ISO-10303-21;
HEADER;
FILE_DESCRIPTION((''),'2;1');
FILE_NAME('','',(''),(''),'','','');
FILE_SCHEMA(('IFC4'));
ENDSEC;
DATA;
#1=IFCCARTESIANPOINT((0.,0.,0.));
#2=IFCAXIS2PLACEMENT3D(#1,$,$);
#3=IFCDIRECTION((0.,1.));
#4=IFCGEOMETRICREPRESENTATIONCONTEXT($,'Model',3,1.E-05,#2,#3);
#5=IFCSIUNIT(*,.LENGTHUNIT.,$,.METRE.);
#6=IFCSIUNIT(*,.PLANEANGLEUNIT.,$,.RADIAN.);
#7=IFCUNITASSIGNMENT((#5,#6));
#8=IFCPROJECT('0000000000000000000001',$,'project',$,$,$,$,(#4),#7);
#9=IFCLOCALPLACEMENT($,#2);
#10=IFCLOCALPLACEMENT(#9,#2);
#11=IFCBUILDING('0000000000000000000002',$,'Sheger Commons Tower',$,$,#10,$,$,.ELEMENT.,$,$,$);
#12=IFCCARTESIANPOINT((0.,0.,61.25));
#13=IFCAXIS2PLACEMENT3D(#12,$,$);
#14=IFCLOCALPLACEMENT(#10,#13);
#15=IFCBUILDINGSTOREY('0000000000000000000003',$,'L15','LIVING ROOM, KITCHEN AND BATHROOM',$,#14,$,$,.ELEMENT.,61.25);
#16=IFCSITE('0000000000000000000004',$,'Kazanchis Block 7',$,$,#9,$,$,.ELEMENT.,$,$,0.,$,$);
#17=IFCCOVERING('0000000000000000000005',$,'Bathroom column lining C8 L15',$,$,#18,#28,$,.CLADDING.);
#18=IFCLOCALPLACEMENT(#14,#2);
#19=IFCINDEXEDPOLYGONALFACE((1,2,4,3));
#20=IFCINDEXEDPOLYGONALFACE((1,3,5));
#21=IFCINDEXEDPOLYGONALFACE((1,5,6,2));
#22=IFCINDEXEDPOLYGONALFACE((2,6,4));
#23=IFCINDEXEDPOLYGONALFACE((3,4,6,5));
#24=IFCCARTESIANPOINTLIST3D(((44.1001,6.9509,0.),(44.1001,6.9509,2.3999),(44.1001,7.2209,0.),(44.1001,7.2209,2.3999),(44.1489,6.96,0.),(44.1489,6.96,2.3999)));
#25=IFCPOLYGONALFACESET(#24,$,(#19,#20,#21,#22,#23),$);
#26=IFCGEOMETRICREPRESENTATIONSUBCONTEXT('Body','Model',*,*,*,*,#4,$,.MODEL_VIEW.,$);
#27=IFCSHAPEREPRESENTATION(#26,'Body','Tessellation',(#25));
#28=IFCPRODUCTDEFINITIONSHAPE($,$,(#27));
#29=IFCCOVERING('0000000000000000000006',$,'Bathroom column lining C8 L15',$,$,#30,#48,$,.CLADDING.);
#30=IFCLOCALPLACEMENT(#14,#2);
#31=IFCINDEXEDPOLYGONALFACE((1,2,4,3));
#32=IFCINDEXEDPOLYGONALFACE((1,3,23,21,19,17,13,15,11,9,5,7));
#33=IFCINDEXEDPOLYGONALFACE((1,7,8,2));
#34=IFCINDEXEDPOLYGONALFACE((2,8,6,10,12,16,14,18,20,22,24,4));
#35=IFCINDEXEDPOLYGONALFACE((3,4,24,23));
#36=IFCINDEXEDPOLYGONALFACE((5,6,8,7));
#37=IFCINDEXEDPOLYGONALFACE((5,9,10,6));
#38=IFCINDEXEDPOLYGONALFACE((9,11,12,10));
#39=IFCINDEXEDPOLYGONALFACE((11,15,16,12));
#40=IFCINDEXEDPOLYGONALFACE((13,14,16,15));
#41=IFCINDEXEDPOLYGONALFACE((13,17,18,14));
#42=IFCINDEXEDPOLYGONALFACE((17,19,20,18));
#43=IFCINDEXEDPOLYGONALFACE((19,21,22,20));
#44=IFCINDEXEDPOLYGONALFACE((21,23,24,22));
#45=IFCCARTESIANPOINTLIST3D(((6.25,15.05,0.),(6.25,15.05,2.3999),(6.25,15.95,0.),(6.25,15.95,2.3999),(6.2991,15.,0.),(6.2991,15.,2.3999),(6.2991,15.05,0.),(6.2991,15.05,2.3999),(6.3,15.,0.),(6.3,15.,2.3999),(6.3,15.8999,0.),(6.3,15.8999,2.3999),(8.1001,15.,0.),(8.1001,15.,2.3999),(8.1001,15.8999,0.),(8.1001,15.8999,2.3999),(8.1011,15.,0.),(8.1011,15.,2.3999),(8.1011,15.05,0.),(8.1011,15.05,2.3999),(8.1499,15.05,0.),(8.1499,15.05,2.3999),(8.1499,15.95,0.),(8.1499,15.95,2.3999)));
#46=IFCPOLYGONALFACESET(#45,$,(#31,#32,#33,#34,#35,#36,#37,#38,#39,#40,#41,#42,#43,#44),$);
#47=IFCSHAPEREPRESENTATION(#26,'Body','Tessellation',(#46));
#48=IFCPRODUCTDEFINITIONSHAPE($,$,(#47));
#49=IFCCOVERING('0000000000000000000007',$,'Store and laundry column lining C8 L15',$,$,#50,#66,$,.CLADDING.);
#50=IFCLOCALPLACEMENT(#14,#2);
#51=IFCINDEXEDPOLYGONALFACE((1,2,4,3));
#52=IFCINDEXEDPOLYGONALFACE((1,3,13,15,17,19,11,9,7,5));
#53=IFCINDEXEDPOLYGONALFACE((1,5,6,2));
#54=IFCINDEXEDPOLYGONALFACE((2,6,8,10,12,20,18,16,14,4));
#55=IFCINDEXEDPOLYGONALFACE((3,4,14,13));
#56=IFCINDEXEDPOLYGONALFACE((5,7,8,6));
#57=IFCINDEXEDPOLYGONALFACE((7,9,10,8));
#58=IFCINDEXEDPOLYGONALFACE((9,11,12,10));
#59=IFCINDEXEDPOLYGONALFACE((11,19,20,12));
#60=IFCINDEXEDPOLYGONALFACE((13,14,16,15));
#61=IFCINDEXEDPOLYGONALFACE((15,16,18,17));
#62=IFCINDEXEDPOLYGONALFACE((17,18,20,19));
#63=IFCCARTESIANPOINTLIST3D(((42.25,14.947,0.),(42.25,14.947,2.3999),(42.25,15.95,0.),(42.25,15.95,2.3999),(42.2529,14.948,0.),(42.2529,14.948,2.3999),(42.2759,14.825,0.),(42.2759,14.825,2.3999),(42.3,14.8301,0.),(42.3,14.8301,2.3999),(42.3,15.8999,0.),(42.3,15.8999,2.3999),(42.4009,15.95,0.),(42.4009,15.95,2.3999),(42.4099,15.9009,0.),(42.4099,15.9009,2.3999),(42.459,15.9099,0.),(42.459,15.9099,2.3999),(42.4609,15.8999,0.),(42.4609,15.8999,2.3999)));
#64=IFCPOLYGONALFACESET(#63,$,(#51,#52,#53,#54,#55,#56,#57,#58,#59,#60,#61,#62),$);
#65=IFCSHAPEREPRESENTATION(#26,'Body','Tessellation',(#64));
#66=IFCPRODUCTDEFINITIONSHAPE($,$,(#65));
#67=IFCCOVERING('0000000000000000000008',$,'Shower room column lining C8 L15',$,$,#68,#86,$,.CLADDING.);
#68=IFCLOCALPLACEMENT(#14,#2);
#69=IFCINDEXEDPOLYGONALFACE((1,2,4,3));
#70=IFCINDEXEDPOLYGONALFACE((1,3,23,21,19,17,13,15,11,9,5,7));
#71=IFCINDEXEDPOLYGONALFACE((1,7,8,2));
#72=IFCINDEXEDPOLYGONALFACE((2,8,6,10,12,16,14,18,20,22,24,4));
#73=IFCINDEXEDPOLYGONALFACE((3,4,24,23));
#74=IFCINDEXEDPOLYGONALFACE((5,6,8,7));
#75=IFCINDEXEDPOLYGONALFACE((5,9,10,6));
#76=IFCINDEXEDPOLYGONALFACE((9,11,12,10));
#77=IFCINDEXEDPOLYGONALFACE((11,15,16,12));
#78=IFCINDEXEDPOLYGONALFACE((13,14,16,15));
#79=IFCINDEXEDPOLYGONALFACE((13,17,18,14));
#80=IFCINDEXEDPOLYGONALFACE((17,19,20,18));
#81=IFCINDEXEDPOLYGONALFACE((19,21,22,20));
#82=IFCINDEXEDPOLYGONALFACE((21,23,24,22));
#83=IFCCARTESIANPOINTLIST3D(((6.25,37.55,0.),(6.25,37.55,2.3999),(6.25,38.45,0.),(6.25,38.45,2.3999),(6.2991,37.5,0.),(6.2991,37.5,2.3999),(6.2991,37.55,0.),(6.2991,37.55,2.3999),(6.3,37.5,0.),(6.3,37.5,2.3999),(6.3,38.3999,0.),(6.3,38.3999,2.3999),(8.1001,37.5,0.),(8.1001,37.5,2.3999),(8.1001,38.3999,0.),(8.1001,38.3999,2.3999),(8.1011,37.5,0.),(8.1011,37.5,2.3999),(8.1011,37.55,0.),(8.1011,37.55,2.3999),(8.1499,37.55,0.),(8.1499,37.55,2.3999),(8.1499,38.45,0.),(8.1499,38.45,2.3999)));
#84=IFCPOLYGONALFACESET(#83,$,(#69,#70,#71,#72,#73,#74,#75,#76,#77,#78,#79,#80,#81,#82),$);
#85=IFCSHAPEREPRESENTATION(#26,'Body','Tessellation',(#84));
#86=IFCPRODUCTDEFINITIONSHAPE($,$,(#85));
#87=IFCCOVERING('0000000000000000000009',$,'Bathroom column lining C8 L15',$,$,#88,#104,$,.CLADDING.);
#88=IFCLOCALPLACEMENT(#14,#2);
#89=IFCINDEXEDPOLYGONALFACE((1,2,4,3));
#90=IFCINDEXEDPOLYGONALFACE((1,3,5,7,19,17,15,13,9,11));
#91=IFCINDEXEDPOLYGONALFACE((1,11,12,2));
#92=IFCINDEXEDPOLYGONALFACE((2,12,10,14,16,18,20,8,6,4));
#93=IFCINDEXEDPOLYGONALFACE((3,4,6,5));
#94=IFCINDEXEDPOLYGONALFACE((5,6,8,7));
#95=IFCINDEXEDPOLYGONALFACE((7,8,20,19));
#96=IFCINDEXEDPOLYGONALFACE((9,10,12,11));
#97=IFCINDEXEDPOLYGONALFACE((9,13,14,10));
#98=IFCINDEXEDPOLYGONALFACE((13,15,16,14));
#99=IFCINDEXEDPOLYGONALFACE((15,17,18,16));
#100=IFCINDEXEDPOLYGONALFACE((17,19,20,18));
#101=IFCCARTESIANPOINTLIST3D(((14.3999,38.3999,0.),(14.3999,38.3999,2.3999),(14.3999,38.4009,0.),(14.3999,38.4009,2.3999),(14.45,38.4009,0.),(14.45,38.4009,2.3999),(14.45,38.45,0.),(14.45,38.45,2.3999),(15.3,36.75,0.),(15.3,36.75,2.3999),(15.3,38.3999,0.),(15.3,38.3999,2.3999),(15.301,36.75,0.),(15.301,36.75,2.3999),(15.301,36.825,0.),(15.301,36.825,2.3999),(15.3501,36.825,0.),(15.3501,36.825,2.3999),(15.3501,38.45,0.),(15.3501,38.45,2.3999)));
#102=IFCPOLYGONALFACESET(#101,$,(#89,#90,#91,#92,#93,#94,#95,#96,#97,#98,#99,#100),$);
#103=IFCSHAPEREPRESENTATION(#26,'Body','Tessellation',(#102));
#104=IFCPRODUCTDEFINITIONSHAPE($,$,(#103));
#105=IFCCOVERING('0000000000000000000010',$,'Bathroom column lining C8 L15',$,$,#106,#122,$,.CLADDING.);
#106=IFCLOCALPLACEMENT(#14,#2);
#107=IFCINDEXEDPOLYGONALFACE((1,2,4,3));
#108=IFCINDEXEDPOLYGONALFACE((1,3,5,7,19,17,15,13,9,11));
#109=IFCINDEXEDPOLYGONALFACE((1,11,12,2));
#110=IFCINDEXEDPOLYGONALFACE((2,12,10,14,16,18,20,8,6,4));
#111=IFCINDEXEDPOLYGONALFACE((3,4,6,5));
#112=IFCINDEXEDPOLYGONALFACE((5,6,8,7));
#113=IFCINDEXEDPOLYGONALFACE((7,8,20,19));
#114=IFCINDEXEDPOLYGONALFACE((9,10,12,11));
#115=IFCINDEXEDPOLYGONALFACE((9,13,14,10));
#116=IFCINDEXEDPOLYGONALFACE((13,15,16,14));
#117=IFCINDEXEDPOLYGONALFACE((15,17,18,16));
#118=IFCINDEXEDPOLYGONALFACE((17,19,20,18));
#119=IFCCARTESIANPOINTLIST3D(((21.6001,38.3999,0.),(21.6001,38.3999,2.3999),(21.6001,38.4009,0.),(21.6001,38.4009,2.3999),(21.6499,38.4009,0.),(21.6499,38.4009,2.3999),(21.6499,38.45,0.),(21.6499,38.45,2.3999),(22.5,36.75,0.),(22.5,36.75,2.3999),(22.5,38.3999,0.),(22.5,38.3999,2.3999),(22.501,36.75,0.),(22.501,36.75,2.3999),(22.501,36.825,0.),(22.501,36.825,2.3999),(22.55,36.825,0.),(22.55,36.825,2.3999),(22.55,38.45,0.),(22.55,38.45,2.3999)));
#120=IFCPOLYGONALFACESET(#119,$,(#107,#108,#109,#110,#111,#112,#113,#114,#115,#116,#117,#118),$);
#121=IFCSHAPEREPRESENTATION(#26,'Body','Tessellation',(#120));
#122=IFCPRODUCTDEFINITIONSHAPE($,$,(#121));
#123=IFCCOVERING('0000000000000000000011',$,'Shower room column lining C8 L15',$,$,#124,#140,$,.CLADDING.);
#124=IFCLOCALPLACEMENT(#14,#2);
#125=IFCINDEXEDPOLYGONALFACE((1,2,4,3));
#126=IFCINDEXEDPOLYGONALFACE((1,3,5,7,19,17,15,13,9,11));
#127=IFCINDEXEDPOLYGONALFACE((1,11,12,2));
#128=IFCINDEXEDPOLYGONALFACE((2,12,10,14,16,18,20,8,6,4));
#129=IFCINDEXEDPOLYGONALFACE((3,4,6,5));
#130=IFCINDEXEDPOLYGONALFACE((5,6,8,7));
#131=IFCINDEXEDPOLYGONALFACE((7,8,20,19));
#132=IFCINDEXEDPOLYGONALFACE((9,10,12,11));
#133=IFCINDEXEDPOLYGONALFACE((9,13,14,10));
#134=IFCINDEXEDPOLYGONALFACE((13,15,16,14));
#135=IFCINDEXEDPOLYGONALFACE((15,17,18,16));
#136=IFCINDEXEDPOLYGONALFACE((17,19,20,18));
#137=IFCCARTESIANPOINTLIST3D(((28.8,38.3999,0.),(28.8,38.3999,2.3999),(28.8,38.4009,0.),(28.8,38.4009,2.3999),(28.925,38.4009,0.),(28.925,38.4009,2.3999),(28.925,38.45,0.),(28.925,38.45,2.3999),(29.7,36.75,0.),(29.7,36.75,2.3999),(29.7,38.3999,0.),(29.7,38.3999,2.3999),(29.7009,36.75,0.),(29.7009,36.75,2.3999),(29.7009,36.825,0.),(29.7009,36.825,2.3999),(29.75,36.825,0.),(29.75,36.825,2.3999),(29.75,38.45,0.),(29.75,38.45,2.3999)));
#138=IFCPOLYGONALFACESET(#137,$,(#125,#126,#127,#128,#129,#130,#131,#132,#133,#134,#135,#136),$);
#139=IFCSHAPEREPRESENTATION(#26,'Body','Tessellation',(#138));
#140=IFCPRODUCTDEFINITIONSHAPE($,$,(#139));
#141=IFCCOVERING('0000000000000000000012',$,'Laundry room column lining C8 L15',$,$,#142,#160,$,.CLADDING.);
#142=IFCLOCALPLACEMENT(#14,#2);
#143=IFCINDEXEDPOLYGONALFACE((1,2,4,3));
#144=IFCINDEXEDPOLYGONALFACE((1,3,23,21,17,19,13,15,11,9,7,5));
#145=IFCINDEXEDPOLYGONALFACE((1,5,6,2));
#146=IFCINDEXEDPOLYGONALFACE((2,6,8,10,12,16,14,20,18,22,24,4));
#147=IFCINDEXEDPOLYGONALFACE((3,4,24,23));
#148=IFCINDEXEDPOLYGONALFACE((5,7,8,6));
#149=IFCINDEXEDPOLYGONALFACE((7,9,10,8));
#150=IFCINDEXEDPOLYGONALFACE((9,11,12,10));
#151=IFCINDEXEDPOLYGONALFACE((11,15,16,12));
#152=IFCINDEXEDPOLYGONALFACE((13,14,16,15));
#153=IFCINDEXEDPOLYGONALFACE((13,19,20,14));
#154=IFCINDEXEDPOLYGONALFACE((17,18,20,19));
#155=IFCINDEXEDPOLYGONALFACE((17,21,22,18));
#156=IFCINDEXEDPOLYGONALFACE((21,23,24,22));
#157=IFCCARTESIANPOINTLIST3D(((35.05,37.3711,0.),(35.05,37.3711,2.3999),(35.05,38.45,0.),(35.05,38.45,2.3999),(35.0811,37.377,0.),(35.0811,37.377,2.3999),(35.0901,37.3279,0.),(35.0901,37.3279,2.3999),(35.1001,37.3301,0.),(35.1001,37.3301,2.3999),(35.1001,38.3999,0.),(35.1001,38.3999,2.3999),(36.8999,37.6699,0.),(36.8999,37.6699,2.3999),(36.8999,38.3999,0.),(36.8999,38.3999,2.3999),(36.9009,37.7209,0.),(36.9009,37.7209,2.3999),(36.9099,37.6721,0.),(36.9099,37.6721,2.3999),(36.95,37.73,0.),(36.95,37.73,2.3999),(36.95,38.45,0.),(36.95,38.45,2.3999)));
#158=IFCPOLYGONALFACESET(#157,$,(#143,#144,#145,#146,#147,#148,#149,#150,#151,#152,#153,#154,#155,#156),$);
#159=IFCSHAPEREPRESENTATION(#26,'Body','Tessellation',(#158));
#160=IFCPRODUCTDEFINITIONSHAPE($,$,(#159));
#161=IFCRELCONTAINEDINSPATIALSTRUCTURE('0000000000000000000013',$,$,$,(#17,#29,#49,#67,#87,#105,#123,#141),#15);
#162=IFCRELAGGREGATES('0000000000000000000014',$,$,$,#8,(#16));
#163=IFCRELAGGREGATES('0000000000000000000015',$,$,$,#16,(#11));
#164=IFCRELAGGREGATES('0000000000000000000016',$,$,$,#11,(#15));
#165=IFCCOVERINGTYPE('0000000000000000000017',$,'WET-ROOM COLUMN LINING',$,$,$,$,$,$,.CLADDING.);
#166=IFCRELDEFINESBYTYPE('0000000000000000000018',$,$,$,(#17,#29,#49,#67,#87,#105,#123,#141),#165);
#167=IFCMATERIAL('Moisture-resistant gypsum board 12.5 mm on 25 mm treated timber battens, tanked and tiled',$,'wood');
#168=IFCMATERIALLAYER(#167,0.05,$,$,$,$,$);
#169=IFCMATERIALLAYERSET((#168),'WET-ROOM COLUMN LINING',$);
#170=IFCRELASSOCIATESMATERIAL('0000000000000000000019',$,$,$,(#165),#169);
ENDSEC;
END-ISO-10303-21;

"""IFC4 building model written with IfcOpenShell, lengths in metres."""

from ifc_helpers import new_model, si_unit, direction, frame, origin, place, context, subcontext, project, spatial, polyline, outline, extrude, material, layer, layer_set, type_object, element, save


model = new_model("IFC4")

# Units and contexts
model_context = context("Model", 3, precision=1e-05, world=origin(), true_north=direction((0.0, 1.0)))
body_context = subcontext(model_context, "Body", "Model", "MODEL_VIEW")
ifc_project = project(units=[si_unit("LENGTHUNIT", "METRE"), si_unit("PLANEANGLEUNIT", "RADIAN")], contexts=[model_context])

# Site, building, storey
site_placement = place(None, origin())
site = spatial("IfcSite", under=ifc_project, at=site_placement, Name="Kazanchis Block 7", CompositionType="ELEMENT", RefElevation=0.0)
building_placement = place(site_placement, origin())
building = spatial("IfcBuilding", under=site, at=building_placement, Name="Sheger Commons Tower", CompositionType="ELEMENT")
storey_placement = place(building_placement, frame((0.0, 0.0, 61.25)))
storey = spatial("IfcBuildingStorey", under=building, at=storey_placement, Name="L15", Description="LIVING ROOM, KITCHEN AND BATHROOM", CompositionType="ELEMENT", Elevation=61.25)

# Coverings
ifc_material_1 = material(Name="Moisture-resistant gypsum board 12.5 mm on 25 mm treated timber battens, tanked and tiled", Category="wood")
ifc_layer_1 = layer(ifc_material_1, 0.05)
ifc_layer_set_1 = layer_set([ifc_layer_1], Name="WET-ROOM COLUMN LINING")
covering_type_1 = type_object("IfcCoveringType", Name="WET-ROOM COLUMN LINING", PredefinedType="CLADDING", material=ifc_layer_set_1)
covering_1_placement = place(storey_placement, origin())
element("IfcCovering", 1, at=covering_1_placement, inside=storey, type_object=covering_type_1, Name="Bathroom column lining C8 L15", PredefinedType="CLADDING", context=body_context, shape_type="SweptSolid", body=[
    extrude(outline(polyline([(44.1001, 7.2209), (44.1489, 6.96), (44.1001, 6.9509), (44.1001, 7.2209)])), origin(), (0.0, 0.0, 1.0), 2.3999),
])
covering_2_placement = place(storey_placement, origin())
element("IfcCovering", 2, at=covering_2_placement, inside=storey, type_object=covering_type_1, Name="Bathroom column lining C8 L15", PredefinedType="CLADDING", context=body_context, shape_type="SweptSolid", body=[
    extrude(outline(polyline([(8.1499, 15.95), (8.1499, 15.05), (8.1011, 15.05), (8.1011, 15.0), (8.1001, 15.0), (8.1001, 15.8999), (6.3, 15.8999), (6.3, 15.0), (6.2991, 15.0), (6.2991, 15.05), (6.25, 15.05), (6.25, 15.95), (8.1499, 15.95)])), origin(), (0.0, 0.0, 1.0), 2.3999),
])
covering_3_placement = place(storey_placement, origin())
element("IfcCovering", 3, at=covering_3_placement, inside=storey, type_object=covering_type_1, Name="Store and laundry column lining C8 L15", PredefinedType="CLADDING", context=body_context, shape_type="SweptSolid", body=[
    extrude(outline(polyline([(42.4009, 15.95), (42.4099, 15.9009), (42.459, 15.9099), (42.4609, 15.8999), (42.3, 15.8999), (42.3, 14.8301), (42.2759, 14.825), (42.2529, 14.948), (42.25, 14.947), (42.25, 15.95), (42.4009, 15.95)])), origin(), (0.0, 0.0, 1.0), 2.3999),
])
covering_4_placement = place(storey_placement, origin())
element("IfcCovering", 4, at=covering_4_placement, inside=storey, type_object=covering_type_1, Name="Shower room column lining C8 L15", PredefinedType="CLADDING", context=body_context, shape_type="SweptSolid", body=[
    extrude(outline(polyline([(8.1499, 38.45), (8.1499, 37.55), (8.1011, 37.55), (8.1011, 37.5), (8.1001, 37.5), (8.1001, 38.3999), (6.3, 38.3999), (6.3, 37.5), (6.2991, 37.5), (6.2991, 37.55), (6.25, 37.55), (6.25, 38.45), (8.1499, 38.45)])), origin(), (0.0, 0.0, 1.0), 2.3999),
])
covering_5_placement = place(storey_placement, origin())
element("IfcCovering", 5, at=covering_5_placement, inside=storey, type_object=covering_type_1, Name="Bathroom column lining C8 L15", PredefinedType="CLADDING", context=body_context, shape_type="SweptSolid", body=[
    extrude(outline(polyline([(15.3501, 36.825), (15.301, 36.825), (15.301, 36.75), (15.3, 36.75), (15.3, 38.3999), (14.3999, 38.3999), (14.3999, 38.4009), (14.45, 38.4009), (14.45, 38.45), (15.3501, 38.45), (15.3501, 36.825)])), origin(), (0.0, 0.0, 1.0), 2.3999),
])
covering_6_placement = place(storey_placement, origin())
element("IfcCovering", 6, at=covering_6_placement, inside=storey, type_object=covering_type_1, Name="Bathroom column lining C8 L15", PredefinedType="CLADDING", context=body_context, shape_type="SweptSolid", body=[
    extrude(outline(polyline([(22.55, 36.825), (22.501, 36.825), (22.501, 36.75), (22.5, 36.75), (22.5, 38.3999), (21.6001, 38.3999), (21.6001, 38.4009), (21.6499, 38.4009), (21.6499, 38.45), (22.55, 38.45), (22.55, 36.825)])), origin(), (0.0, 0.0, 1.0), 2.3999),
])
covering_7_placement = place(storey_placement, origin())
element("IfcCovering", 7, at=covering_7_placement, inside=storey, type_object=covering_type_1, Name="Shower room column lining C8 L15", PredefinedType="CLADDING", context=body_context, shape_type="SweptSolid", body=[
    extrude(outline(polyline([(29.75, 36.825), (29.7009, 36.825), (29.7009, 36.75), (29.7, 36.75), (29.7, 38.3999), (28.8, 38.3999), (28.8, 38.4009), (28.925, 38.4009), (28.925, 38.45), (29.75, 38.45), (29.75, 36.825)])), origin(), (0.0, 0.0, 1.0), 2.3999),
])
covering_8_placement = place(storey_placement, origin())
element("IfcCovering", 8, at=covering_8_placement, inside=storey, type_object=covering_type_1, Name="Laundry room column lining C8 L15", PredefinedType="CLADDING", context=body_context, shape_type="SweptSolid", body=[
    extrude(outline(polyline([(36.95, 38.45), (36.95, 37.73), (36.9009, 37.7209), (36.9099, 37.6721), (36.8999, 37.6699), (36.8999, 38.3999), (35.1001, 38.3999), (35.1001, 37.3301), (35.0901, 37.3279), (35.0811, 37.377), (35.05, 37.3711), (35.05, 38.45), (36.95, 38.45)])), origin(), (0.0, 0.0, 1.0), 2.3999),
])

save(model, "model.ifc")
